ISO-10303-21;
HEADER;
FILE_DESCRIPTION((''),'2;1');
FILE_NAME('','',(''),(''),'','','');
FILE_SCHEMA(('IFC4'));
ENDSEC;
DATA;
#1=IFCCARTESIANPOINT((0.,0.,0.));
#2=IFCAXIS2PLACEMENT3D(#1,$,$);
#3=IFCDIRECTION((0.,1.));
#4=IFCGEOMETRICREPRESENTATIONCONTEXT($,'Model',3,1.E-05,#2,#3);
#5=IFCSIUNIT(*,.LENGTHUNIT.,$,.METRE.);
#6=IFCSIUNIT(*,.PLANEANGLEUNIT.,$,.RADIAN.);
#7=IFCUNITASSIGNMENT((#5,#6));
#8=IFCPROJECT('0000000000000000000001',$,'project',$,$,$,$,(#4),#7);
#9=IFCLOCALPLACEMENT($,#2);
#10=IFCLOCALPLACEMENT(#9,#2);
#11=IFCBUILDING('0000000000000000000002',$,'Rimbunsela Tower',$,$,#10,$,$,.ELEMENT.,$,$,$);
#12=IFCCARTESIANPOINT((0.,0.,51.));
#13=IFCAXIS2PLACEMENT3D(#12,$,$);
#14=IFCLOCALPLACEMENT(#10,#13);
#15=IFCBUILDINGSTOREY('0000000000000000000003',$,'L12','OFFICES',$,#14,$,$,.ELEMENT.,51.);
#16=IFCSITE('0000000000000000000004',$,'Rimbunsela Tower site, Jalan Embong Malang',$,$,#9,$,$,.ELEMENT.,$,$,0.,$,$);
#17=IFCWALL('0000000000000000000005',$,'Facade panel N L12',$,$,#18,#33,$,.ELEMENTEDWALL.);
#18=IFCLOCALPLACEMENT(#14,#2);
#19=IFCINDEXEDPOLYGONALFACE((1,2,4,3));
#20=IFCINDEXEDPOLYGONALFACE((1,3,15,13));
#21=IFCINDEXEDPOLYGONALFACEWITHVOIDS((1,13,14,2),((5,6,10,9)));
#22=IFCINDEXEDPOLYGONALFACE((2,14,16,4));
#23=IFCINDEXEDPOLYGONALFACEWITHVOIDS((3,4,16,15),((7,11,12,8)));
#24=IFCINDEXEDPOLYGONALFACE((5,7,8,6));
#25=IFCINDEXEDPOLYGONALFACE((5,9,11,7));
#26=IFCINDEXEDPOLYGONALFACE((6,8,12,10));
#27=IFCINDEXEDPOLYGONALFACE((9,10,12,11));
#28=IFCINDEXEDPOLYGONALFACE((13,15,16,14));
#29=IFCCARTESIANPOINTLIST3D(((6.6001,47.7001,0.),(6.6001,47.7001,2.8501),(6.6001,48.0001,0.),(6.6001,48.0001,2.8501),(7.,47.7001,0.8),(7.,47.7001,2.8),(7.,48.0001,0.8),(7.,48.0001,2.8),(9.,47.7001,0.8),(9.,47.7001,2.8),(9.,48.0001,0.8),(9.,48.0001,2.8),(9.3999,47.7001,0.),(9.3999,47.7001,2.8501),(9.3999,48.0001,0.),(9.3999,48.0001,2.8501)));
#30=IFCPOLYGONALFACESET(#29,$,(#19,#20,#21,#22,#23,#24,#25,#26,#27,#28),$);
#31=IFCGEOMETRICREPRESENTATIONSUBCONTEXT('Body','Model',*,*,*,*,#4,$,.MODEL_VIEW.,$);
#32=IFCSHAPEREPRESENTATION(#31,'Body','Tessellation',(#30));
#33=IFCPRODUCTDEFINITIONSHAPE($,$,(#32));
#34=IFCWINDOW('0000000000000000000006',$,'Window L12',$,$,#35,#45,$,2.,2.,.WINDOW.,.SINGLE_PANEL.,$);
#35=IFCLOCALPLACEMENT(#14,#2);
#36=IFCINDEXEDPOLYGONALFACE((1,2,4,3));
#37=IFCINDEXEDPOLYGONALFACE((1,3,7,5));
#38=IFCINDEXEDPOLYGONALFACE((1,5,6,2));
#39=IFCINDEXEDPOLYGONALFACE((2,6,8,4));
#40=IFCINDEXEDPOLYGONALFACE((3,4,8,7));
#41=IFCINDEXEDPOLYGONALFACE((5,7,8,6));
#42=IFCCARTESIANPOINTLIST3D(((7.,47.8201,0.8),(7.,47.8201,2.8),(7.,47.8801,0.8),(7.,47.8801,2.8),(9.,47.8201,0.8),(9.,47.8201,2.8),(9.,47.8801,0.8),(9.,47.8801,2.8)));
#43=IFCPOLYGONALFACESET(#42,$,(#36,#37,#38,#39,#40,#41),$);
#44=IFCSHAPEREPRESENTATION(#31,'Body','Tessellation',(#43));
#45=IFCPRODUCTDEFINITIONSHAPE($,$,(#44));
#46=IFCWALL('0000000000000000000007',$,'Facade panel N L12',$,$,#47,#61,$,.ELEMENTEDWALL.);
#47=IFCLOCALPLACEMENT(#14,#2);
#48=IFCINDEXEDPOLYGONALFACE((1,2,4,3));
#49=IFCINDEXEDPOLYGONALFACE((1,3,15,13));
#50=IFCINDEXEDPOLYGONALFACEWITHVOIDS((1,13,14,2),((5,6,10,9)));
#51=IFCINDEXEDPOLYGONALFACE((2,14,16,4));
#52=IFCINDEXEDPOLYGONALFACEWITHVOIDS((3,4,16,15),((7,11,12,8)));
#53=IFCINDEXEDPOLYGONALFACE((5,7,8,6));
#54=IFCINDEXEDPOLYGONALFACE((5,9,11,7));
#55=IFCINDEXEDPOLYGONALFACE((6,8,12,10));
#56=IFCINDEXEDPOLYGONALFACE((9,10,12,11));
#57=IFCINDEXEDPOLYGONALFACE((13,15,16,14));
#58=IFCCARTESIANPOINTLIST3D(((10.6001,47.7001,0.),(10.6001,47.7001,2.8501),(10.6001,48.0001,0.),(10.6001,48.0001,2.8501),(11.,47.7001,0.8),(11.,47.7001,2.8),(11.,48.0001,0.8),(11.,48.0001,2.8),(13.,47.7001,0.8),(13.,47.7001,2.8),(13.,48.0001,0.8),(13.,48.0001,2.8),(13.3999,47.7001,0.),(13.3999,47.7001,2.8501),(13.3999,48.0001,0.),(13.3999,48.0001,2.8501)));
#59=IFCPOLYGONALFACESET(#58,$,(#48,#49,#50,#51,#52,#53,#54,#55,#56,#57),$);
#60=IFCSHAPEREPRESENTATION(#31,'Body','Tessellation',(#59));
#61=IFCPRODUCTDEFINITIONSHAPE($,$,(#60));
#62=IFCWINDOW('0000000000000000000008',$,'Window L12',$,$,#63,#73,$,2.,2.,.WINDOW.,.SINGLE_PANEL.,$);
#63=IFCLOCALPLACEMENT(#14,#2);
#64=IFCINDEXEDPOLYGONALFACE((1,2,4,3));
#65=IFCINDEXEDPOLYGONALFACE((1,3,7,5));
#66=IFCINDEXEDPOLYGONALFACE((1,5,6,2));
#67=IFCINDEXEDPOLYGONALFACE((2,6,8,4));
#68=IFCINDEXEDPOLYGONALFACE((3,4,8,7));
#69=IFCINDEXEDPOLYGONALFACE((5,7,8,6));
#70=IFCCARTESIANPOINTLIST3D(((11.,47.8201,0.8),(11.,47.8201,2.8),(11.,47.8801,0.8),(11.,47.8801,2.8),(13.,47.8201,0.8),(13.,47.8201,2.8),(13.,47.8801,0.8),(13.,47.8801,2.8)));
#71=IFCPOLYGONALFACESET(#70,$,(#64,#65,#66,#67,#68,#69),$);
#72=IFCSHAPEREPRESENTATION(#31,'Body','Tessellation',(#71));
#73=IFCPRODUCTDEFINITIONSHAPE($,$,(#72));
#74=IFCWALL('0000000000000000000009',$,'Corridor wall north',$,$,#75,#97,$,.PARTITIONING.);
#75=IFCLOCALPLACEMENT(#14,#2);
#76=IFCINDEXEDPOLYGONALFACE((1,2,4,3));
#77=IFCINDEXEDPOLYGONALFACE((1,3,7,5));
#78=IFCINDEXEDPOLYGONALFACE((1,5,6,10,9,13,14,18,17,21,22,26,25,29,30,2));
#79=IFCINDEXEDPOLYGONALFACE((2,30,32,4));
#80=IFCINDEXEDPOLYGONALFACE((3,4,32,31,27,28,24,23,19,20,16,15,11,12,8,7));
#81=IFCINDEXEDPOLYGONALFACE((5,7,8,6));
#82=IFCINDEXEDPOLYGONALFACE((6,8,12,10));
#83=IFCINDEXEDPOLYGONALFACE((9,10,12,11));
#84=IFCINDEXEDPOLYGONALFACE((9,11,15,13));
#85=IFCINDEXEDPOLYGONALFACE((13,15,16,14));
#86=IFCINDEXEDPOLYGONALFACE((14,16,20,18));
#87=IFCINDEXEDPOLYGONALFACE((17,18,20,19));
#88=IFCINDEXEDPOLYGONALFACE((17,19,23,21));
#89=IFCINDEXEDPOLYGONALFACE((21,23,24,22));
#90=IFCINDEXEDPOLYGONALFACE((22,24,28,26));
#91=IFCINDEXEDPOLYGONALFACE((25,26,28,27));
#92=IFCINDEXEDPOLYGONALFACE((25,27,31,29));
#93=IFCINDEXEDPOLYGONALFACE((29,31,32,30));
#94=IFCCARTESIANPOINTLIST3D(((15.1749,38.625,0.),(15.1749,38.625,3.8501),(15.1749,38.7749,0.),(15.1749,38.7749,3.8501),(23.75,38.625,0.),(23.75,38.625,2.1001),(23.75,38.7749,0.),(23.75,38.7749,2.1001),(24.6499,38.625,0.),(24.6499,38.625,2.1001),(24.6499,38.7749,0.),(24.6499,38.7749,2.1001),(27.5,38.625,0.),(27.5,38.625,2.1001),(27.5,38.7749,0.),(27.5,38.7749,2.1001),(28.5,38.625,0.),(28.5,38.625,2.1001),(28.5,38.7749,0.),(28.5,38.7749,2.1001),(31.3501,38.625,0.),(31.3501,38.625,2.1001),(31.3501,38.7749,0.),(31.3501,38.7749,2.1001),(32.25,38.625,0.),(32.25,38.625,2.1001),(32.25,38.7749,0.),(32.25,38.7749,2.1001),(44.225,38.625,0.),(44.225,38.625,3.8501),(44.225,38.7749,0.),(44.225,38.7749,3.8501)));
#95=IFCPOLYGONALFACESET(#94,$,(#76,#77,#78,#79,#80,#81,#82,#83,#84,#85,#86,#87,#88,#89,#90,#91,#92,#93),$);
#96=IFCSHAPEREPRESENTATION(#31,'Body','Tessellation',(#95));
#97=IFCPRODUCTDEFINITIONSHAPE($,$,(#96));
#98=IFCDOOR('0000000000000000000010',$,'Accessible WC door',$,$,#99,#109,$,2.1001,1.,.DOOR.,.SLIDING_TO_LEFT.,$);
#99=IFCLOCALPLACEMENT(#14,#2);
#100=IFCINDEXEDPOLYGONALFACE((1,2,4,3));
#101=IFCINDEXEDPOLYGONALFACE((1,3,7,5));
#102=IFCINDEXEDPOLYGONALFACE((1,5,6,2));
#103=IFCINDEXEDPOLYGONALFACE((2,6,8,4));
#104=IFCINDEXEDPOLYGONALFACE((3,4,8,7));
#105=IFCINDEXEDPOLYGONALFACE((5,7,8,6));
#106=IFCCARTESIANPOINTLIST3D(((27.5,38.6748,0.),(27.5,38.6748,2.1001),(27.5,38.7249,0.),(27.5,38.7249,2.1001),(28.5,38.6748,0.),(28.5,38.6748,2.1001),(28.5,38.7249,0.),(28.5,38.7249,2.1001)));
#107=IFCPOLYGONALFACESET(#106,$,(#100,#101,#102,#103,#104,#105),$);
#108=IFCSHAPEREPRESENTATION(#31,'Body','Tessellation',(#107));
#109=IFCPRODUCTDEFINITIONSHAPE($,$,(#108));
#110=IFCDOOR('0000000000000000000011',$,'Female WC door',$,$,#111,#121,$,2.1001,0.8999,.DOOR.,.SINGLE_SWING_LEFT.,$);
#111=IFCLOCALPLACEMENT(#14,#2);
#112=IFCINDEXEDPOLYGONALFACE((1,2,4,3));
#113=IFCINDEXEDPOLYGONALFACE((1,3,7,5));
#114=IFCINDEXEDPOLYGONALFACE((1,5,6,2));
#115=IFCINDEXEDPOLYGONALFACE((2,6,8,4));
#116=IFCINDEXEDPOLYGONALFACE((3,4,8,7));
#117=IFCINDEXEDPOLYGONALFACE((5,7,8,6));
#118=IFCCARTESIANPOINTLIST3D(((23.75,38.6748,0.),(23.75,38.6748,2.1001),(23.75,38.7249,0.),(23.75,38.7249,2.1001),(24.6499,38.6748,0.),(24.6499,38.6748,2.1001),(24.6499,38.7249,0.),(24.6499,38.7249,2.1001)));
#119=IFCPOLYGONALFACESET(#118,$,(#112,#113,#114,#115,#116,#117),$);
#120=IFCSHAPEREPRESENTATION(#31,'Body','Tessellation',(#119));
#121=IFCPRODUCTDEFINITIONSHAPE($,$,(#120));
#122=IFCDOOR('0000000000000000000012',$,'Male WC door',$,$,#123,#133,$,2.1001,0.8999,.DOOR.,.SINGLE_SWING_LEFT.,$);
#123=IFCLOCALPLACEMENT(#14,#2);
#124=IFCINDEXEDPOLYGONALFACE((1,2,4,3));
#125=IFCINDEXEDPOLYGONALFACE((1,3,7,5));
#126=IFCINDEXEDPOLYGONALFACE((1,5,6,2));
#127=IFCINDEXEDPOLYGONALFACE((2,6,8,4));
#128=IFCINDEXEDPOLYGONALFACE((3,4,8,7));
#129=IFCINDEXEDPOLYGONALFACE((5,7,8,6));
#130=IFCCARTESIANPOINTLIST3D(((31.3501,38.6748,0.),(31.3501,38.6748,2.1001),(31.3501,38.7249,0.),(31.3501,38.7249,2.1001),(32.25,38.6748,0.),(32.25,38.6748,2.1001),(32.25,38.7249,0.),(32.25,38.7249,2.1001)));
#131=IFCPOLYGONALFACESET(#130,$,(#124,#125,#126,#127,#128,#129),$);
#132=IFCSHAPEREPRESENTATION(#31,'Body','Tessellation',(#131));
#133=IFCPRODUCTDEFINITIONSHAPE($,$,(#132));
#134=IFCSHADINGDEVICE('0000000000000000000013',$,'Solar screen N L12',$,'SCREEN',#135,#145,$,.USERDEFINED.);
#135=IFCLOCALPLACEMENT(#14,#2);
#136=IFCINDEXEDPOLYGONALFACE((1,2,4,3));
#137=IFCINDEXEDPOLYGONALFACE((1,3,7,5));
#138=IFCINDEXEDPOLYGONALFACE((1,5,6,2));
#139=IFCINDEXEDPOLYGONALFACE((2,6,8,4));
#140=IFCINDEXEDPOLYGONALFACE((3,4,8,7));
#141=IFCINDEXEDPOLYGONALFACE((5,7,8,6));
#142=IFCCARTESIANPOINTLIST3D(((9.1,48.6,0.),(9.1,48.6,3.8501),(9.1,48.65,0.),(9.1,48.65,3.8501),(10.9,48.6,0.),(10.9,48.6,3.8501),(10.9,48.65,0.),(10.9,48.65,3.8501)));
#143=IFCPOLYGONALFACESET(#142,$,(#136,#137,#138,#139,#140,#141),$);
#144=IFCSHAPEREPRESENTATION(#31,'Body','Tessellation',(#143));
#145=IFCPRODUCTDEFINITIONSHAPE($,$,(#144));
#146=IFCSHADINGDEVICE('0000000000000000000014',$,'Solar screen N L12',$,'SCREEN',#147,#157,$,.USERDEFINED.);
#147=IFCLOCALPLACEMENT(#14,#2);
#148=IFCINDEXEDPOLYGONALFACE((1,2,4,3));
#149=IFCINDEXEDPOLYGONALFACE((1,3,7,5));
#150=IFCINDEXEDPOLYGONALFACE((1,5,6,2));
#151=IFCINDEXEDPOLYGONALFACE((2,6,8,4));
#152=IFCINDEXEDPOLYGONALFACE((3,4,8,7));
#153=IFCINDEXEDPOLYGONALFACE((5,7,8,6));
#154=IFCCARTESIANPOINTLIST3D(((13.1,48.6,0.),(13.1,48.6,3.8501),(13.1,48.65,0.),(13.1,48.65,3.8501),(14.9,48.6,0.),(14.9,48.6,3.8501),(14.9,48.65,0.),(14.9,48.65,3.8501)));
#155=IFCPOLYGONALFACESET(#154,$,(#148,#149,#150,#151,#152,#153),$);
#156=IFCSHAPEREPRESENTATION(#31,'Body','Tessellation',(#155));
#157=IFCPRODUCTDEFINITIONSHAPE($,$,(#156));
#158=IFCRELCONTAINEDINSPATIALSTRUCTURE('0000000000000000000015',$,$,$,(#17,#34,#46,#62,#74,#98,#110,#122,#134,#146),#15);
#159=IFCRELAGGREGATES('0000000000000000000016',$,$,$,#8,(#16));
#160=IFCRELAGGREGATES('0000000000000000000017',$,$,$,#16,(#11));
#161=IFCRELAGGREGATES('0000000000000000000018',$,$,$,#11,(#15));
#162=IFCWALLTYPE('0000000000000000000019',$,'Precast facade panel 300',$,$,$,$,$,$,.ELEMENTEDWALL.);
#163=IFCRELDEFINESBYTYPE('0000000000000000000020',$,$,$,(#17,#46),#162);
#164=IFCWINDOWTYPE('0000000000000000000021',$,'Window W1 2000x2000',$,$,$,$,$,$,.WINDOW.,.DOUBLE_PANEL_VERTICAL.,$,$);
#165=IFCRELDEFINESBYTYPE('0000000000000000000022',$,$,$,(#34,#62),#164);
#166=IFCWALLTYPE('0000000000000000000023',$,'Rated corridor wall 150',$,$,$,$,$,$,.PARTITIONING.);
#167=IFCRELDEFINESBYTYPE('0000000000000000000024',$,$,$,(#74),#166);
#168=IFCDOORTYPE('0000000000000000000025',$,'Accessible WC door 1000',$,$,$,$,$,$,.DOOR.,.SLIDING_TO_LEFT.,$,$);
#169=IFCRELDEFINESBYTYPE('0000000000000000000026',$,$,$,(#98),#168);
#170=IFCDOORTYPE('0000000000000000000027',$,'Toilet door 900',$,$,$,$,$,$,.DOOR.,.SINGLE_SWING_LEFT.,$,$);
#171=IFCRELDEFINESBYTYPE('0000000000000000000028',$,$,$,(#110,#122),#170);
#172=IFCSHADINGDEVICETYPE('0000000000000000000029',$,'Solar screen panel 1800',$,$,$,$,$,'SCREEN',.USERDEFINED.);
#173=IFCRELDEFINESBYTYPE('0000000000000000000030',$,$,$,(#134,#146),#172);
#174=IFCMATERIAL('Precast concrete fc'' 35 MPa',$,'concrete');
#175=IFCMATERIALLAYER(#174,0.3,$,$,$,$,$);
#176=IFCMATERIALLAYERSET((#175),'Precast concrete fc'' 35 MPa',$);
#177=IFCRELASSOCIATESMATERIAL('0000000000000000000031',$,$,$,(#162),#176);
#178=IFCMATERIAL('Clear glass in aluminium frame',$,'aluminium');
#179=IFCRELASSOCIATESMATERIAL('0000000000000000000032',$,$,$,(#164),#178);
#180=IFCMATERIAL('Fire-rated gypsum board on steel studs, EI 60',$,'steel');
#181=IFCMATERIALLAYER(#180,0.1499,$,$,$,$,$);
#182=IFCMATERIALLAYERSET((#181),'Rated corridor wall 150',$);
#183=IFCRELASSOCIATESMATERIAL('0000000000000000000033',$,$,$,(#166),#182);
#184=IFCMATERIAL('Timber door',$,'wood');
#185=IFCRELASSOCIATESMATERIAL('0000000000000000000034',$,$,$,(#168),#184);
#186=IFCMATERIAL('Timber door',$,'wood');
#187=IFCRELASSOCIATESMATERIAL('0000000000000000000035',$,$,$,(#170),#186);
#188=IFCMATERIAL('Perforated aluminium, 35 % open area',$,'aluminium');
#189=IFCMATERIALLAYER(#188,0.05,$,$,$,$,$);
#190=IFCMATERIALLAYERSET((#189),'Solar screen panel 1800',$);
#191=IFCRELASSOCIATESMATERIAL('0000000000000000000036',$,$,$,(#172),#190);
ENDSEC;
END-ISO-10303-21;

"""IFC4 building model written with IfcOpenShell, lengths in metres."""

from ifc_helpers import new_model, si_unit, direction, frame, frame_2d, origin, origin_2d, place, context, subcontext, project, spatial, rectangle, extrude, material, layer, layer_set, type_object, element, fill, save


model = new_model("IFC4")

# Units and contexts
model_context = context("Model", 3, precision=1e-05, world=origin(), true_north=direction((0.0, 1.0)))
body_context = subcontext(model_context, "Body", "Model", "MODEL_VIEW")
ifc_project = project(units=[si_unit("LENGTHUNIT", "METRE"), si_unit("PLANEANGLEUNIT", "RADIAN")], contexts=[model_context])

# Site, building, storey
site_placement = place(None, origin())
site = spatial("IfcSite", under=ifc_project, at=site_placement, Name="Rimbunsela Tower site, Jalan Embong Malang", CompositionType="ELEMENT", RefElevation=0.0)
building_placement = place(site_placement, origin())
building = spatial("IfcBuilding", under=site, at=building_placement, Name="Rimbunsela Tower", CompositionType="ELEMENT")
storey_placement = place(building_placement, frame((0.0, 0.0, 51.0)))
storey = spatial("IfcBuildingStorey", under=building, at=storey_placement, Name="L12", Description="OFFICES", CompositionType="ELEMENT", Elevation=51.0)

# Walls, openings, windows
ifc_material_1 = material(Name="Precast concrete fc' 35 MPa", Category="concrete")
ifc_layer_1 = layer(ifc_material_1, 0.3)
ifc_layer_set_1 = layer_set([ifc_layer_1], Name="Precast concrete fc' 35 MPa")
wall_type_1 = type_object("IfcWallType", Name="Precast facade panel 300", PredefinedType="ELEMENTEDWALL", material=ifc_layer_set_1)
wall_1_placement = place(storey_placement, frame((9.3999, 47.8501, 0.0), z_axis=(0.0, 0.0, 1.0), x_axis=(-1.0, 0.0, 0.0)))
wall_1 = element("IfcWall", 1, at=wall_1_placement, inside=storey, type_object=wall_type_1, Name="Facade panel N L12", PredefinedType="ELEMENTEDWALL", context=body_context, shape_type="SweptSolid", body=[
    extrude(rectangle(XDim=2.7998, YDim=0.3, at=frame_2d((1.3999, 0.0))), origin(), (0.0, 0.0, 1.0), 2.8501),
])
opening_1_placement = place(wall_1_placement, frame((0.3999, 0.0, 0.8)))
opening_1 = element("IfcOpeningElement", 2, at=opening_1_placement, cuts=wall_1, PredefinedType="OPENING", context=body_context, shape_type="SweptSolid", body=[
    extrude(rectangle(XDim=2.0, YDim=2.0, at=frame_2d((1.0, 1.0))), frame((0.0, 0.1599, 0.0), z_axis=(0.0, -1.0, 0.0), x_axis=(1.0, 0.0, 0.0)), (0.0, 0.0, 1.0), 0.3201),
])
ifc_material_2 = material(Name="Clear glass in aluminium frame", Category="aluminium")
window_type = type_object("IfcWindowType", Name="Window W1 2000x2000", PartitioningType="DOUBLE_PANEL_VERTICAL", PredefinedType="WINDOW", material=ifc_material_2)
window_1_placement = place(opening_1_placement, origin())
window_1 = element("IfcWindow", 3, at=window_1_placement, inside=storey, type_object=window_type, Name="Window L12", OverallHeight=2.0, OverallWidth=2.0, PartitioningType="SINGLE_PANEL", PredefinedType="WINDOW", context=body_context, shape_type="SweptSolid", body=[
    extrude(rectangle(XDim=2.0, YDim=2.0, at=frame_2d((1.0, 1.0))), frame((0.0, 0.03, 0.0), z_axis=(0.0, -1.0, 0.0), x_axis=(1.0, 0.0, 0.0)), (0.0, 0.0, 1.0), 0.0601),
])
fill(opening_1, window_1)
wall_2_placement = place(storey_placement, frame((13.3999, 47.8501, 0.0), z_axis=(0.0, 0.0, 1.0), x_axis=(-1.0, 0.0, 0.0)))
wall_2 = element("IfcWall", 4, at=wall_2_placement, inside=storey, type_object=wall_type_1, Name="Facade panel N L12", PredefinedType="ELEMENTEDWALL", context=body_context, shape_type="SweptSolid", body=[
    extrude(rectangle(XDim=2.7998, YDim=0.3, at=frame_2d((1.3999, 0.0))), origin(), (0.0, 0.0, 1.0), 2.8501),
])
opening_2_placement = place(wall_2_placement, frame((0.3999, 0.0, 0.8)))
opening_2 = element("IfcOpeningElement", 5, at=opening_2_placement, cuts=wall_2, PredefinedType="OPENING", context=body_context, shape_type="SweptSolid", body=[
    extrude(rectangle(XDim=2.0, YDim=2.0, at=frame_2d((1.0, 1.0))), frame((0.0, 0.1599, 0.0), z_axis=(0.0, -1.0, 0.0), x_axis=(1.0, 0.0, 0.0)), (0.0, 0.0, 1.0), 0.3201),
])
window_2_placement = place(opening_2_placement, origin())
window_2 = element("IfcWindow", 6, at=window_2_placement, inside=storey, type_object=window_type, Name="Window L12", OverallHeight=2.0, OverallWidth=2.0, PartitioningType="SINGLE_PANEL", PredefinedType="WINDOW", context=body_context, shape_type="SweptSolid", body=[
    extrude(rectangle(XDim=2.0, YDim=2.0, at=frame_2d((1.0, 1.0))), frame((0.0, 0.03, 0.0), z_axis=(0.0, -1.0, 0.0), x_axis=(1.0, 0.0, 0.0)), (0.0, 0.0, 1.0), 0.0601),
])
fill(opening_2, window_2)

# Wall, openings, doors
ifc_material_3 = material(Name="Fire-rated gypsum board on steel studs, EI 60", Category="steel")
ifc_layer_2 = layer(ifc_material_3, 0.1499)
ifc_layer_set_2 = layer_set([ifc_layer_2], Name="Rated corridor wall 150")
wall_type_2 = type_object("IfcWallType", Name="Rated corridor wall 150", PredefinedType="PARTITIONING", material=ifc_layer_set_2)
wall_3_placement = place(storey_placement, frame((15.175, 38.7, 0.0), z_axis=(0.0, 0.0, 1.0), x_axis=(1.0, 0.0, 0.0)))
wall_3 = element("IfcWall", 7, at=wall_3_placement, inside=storey, type_object=wall_type_2, Name="Corridor wall north", PredefinedType="PARTITIONING", context=body_context, shape_type="SweptSolid", body=[
    extrude(rectangle(XDim=29.05, YDim=0.1499, at=frame_2d((14.5249, 0.0))), origin(), (0.0, 0.0, 1.0), 3.8501),
])
opening_3_placement = place(wall_3_placement, frame((8.575, 0.0, 0.0)))
opening_3 = element("IfcOpeningElement", 8, at=opening_3_placement, cuts=wall_3, PredefinedType="OPENING", context=body_context, shape_type="SweptSolid", body=[
    extrude(rectangle(XDim=0.8999, YDim=2.1001, at=frame_2d((0.45, 1.05))), frame((0.0, 0.085, 0.0), z_axis=(0.0, -1.0, 0.0), x_axis=(1.0, 0.0, 0.0)), (0.0, 0.0, 1.0), 0.1699),
])
opening_4_placement = place(wall_3_placement, frame((12.325, 0.0, 0.0)))
opening_4 = element("IfcOpeningElement", 9, at=opening_4_placement, cuts=wall_3, PredefinedType="OPENING", context=body_context, shape_type="SweptSolid", body=[
    extrude(rectangle(XDim=1.0, YDim=2.1001, at=frame_2d((0.5, 1.05))), frame((0.0, 0.085, 0.0), z_axis=(0.0, -1.0, 0.0), x_axis=(1.0, 0.0, 0.0)), (0.0, 0.0, 1.0), 0.1699),
])
opening_5_placement = place(wall_3_placement, frame((16.175, 0.0, 0.0)))
opening_5 = element("IfcOpeningElement", 10, at=opening_5_placement, cuts=wall_3, PredefinedType="OPENING", context=body_context, shape_type="SweptSolid", body=[
    extrude(rectangle(XDim=0.8999, YDim=2.1001, at=frame_2d((0.45, 1.05))), frame((0.0, 0.085, 0.0), z_axis=(0.0, -1.0, 0.0), x_axis=(1.0, 0.0, 0.0)), (0.0, 0.0, 1.0), 0.1699),
])
ifc_material_4 = material(Name="Timber door", Category="wood")
door_type_1 = type_object("IfcDoorType", Name="Accessible WC door 1000", OperationType="SLIDING_TO_LEFT", PredefinedType="DOOR", material=ifc_material_4)
door_1_placement = place(opening_4_placement, origin())
door_1 = element("IfcDoor", 11, at=door_1_placement, inside=storey, type_object=door_type_1, Name="Accessible WC door", OperationType="SLIDING_TO_LEFT", OverallHeight=2.1001, OverallWidth=1.0, PredefinedType="DOOR", context=body_context, shape_type="SweptSolid", body=[
    extrude(rectangle(XDim=1.0, YDim=2.1001, at=frame_2d((0.5, 1.05))), frame((0.0, 0.0249, 0.0), z_axis=(0.0, -1.0, 0.0), x_axis=(1.0, 0.0, 0.0)), (0.0, 0.0, 1.0), 0.05),
])
fill(opening_4, door_1)
ifc_material_5 = material(Name="Timber door", Category="wood")
door_type_2 = type_object("IfcDoorType", Name="Toilet door 900", OperationType="SINGLE_SWING_LEFT", PredefinedType="DOOR", material=ifc_material_5)
door_2_placement = place(opening_3_placement, origin())
door_2 = element("IfcDoor", 12, at=door_2_placement, inside=storey, type_object=door_type_2, Name="Female WC door", OperationType="SINGLE_SWING_LEFT", OverallHeight=2.1001, OverallWidth=0.8999, PredefinedType="DOOR", context=body_context, shape_type="SweptSolid", body=[
    extrude(rectangle(XDim=0.8999, YDim=2.1001, at=frame_2d((0.45, 1.05))), frame((0.0, 0.0249, 0.0), z_axis=(0.0, -1.0, 0.0), x_axis=(1.0, 0.0, 0.0)), (0.0, 0.0, 1.0), 0.05),
])
fill(opening_3, door_2)
door_3_placement = place(opening_5_placement, origin())
door_3 = element("IfcDoor", 13, at=door_3_placement, inside=storey, type_object=door_type_2, Name="Male WC door", OperationType="SINGLE_SWING_LEFT", OverallHeight=2.1001, OverallWidth=0.8999, PredefinedType="DOOR", context=body_context, shape_type="SweptSolid", body=[
    extrude(rectangle(XDim=0.8999, YDim=2.1001, at=frame_2d((0.45, 1.05))), frame((0.0, 0.0249, 0.0), z_axis=(0.0, -1.0, 0.0), x_axis=(1.0, 0.0, 0.0)), (0.0, 0.0, 1.0), 0.05),
])
fill(opening_5, door_3)

# Shading devices
ifc_material_6 = material(Name="Perforated aluminium, 35 % open area", Category="aluminium")
ifc_layer_3 = layer(ifc_material_6, 0.05)
ifc_layer_set_3 = layer_set([ifc_layer_3], Name="Solar screen panel 1800")
shading_device_type = type_object("IfcShadingDeviceType", Name="Solar screen panel 1800", ElementType="SCREEN", PredefinedType="USERDEFINED", material=ifc_layer_set_3)
for number, where, z_axis, x_axis, name in (
    (14, (10.0, 48.625, 0.0), (0.0, 0.0, 1.0), (1.0, 0.0, 0.0), "Solar screen N L12"),
    (15, (14.0, 48.625, 0.0), (0.0, 0.0, 1.0), (1.0, 0.0, 0.0), "Solar screen N L12"),
):
    element("IfcShadingDevice", number, at=place(storey_placement, frame(where, z_axis=z_axis, x_axis=x_axis)), inside=storey, type_object=shading_device_type, Name=name, ObjectType="SCREEN", PredefinedType="USERDEFINED", context=body_context, shape_type="SweptSolid", body=[
        extrude(rectangle(XDim=1.8, YDim=0.05, at=origin_2d()), origin(), (0.0, 0.0, 1.0), 3.8501),
    ])

save(model, "model.ifc")
